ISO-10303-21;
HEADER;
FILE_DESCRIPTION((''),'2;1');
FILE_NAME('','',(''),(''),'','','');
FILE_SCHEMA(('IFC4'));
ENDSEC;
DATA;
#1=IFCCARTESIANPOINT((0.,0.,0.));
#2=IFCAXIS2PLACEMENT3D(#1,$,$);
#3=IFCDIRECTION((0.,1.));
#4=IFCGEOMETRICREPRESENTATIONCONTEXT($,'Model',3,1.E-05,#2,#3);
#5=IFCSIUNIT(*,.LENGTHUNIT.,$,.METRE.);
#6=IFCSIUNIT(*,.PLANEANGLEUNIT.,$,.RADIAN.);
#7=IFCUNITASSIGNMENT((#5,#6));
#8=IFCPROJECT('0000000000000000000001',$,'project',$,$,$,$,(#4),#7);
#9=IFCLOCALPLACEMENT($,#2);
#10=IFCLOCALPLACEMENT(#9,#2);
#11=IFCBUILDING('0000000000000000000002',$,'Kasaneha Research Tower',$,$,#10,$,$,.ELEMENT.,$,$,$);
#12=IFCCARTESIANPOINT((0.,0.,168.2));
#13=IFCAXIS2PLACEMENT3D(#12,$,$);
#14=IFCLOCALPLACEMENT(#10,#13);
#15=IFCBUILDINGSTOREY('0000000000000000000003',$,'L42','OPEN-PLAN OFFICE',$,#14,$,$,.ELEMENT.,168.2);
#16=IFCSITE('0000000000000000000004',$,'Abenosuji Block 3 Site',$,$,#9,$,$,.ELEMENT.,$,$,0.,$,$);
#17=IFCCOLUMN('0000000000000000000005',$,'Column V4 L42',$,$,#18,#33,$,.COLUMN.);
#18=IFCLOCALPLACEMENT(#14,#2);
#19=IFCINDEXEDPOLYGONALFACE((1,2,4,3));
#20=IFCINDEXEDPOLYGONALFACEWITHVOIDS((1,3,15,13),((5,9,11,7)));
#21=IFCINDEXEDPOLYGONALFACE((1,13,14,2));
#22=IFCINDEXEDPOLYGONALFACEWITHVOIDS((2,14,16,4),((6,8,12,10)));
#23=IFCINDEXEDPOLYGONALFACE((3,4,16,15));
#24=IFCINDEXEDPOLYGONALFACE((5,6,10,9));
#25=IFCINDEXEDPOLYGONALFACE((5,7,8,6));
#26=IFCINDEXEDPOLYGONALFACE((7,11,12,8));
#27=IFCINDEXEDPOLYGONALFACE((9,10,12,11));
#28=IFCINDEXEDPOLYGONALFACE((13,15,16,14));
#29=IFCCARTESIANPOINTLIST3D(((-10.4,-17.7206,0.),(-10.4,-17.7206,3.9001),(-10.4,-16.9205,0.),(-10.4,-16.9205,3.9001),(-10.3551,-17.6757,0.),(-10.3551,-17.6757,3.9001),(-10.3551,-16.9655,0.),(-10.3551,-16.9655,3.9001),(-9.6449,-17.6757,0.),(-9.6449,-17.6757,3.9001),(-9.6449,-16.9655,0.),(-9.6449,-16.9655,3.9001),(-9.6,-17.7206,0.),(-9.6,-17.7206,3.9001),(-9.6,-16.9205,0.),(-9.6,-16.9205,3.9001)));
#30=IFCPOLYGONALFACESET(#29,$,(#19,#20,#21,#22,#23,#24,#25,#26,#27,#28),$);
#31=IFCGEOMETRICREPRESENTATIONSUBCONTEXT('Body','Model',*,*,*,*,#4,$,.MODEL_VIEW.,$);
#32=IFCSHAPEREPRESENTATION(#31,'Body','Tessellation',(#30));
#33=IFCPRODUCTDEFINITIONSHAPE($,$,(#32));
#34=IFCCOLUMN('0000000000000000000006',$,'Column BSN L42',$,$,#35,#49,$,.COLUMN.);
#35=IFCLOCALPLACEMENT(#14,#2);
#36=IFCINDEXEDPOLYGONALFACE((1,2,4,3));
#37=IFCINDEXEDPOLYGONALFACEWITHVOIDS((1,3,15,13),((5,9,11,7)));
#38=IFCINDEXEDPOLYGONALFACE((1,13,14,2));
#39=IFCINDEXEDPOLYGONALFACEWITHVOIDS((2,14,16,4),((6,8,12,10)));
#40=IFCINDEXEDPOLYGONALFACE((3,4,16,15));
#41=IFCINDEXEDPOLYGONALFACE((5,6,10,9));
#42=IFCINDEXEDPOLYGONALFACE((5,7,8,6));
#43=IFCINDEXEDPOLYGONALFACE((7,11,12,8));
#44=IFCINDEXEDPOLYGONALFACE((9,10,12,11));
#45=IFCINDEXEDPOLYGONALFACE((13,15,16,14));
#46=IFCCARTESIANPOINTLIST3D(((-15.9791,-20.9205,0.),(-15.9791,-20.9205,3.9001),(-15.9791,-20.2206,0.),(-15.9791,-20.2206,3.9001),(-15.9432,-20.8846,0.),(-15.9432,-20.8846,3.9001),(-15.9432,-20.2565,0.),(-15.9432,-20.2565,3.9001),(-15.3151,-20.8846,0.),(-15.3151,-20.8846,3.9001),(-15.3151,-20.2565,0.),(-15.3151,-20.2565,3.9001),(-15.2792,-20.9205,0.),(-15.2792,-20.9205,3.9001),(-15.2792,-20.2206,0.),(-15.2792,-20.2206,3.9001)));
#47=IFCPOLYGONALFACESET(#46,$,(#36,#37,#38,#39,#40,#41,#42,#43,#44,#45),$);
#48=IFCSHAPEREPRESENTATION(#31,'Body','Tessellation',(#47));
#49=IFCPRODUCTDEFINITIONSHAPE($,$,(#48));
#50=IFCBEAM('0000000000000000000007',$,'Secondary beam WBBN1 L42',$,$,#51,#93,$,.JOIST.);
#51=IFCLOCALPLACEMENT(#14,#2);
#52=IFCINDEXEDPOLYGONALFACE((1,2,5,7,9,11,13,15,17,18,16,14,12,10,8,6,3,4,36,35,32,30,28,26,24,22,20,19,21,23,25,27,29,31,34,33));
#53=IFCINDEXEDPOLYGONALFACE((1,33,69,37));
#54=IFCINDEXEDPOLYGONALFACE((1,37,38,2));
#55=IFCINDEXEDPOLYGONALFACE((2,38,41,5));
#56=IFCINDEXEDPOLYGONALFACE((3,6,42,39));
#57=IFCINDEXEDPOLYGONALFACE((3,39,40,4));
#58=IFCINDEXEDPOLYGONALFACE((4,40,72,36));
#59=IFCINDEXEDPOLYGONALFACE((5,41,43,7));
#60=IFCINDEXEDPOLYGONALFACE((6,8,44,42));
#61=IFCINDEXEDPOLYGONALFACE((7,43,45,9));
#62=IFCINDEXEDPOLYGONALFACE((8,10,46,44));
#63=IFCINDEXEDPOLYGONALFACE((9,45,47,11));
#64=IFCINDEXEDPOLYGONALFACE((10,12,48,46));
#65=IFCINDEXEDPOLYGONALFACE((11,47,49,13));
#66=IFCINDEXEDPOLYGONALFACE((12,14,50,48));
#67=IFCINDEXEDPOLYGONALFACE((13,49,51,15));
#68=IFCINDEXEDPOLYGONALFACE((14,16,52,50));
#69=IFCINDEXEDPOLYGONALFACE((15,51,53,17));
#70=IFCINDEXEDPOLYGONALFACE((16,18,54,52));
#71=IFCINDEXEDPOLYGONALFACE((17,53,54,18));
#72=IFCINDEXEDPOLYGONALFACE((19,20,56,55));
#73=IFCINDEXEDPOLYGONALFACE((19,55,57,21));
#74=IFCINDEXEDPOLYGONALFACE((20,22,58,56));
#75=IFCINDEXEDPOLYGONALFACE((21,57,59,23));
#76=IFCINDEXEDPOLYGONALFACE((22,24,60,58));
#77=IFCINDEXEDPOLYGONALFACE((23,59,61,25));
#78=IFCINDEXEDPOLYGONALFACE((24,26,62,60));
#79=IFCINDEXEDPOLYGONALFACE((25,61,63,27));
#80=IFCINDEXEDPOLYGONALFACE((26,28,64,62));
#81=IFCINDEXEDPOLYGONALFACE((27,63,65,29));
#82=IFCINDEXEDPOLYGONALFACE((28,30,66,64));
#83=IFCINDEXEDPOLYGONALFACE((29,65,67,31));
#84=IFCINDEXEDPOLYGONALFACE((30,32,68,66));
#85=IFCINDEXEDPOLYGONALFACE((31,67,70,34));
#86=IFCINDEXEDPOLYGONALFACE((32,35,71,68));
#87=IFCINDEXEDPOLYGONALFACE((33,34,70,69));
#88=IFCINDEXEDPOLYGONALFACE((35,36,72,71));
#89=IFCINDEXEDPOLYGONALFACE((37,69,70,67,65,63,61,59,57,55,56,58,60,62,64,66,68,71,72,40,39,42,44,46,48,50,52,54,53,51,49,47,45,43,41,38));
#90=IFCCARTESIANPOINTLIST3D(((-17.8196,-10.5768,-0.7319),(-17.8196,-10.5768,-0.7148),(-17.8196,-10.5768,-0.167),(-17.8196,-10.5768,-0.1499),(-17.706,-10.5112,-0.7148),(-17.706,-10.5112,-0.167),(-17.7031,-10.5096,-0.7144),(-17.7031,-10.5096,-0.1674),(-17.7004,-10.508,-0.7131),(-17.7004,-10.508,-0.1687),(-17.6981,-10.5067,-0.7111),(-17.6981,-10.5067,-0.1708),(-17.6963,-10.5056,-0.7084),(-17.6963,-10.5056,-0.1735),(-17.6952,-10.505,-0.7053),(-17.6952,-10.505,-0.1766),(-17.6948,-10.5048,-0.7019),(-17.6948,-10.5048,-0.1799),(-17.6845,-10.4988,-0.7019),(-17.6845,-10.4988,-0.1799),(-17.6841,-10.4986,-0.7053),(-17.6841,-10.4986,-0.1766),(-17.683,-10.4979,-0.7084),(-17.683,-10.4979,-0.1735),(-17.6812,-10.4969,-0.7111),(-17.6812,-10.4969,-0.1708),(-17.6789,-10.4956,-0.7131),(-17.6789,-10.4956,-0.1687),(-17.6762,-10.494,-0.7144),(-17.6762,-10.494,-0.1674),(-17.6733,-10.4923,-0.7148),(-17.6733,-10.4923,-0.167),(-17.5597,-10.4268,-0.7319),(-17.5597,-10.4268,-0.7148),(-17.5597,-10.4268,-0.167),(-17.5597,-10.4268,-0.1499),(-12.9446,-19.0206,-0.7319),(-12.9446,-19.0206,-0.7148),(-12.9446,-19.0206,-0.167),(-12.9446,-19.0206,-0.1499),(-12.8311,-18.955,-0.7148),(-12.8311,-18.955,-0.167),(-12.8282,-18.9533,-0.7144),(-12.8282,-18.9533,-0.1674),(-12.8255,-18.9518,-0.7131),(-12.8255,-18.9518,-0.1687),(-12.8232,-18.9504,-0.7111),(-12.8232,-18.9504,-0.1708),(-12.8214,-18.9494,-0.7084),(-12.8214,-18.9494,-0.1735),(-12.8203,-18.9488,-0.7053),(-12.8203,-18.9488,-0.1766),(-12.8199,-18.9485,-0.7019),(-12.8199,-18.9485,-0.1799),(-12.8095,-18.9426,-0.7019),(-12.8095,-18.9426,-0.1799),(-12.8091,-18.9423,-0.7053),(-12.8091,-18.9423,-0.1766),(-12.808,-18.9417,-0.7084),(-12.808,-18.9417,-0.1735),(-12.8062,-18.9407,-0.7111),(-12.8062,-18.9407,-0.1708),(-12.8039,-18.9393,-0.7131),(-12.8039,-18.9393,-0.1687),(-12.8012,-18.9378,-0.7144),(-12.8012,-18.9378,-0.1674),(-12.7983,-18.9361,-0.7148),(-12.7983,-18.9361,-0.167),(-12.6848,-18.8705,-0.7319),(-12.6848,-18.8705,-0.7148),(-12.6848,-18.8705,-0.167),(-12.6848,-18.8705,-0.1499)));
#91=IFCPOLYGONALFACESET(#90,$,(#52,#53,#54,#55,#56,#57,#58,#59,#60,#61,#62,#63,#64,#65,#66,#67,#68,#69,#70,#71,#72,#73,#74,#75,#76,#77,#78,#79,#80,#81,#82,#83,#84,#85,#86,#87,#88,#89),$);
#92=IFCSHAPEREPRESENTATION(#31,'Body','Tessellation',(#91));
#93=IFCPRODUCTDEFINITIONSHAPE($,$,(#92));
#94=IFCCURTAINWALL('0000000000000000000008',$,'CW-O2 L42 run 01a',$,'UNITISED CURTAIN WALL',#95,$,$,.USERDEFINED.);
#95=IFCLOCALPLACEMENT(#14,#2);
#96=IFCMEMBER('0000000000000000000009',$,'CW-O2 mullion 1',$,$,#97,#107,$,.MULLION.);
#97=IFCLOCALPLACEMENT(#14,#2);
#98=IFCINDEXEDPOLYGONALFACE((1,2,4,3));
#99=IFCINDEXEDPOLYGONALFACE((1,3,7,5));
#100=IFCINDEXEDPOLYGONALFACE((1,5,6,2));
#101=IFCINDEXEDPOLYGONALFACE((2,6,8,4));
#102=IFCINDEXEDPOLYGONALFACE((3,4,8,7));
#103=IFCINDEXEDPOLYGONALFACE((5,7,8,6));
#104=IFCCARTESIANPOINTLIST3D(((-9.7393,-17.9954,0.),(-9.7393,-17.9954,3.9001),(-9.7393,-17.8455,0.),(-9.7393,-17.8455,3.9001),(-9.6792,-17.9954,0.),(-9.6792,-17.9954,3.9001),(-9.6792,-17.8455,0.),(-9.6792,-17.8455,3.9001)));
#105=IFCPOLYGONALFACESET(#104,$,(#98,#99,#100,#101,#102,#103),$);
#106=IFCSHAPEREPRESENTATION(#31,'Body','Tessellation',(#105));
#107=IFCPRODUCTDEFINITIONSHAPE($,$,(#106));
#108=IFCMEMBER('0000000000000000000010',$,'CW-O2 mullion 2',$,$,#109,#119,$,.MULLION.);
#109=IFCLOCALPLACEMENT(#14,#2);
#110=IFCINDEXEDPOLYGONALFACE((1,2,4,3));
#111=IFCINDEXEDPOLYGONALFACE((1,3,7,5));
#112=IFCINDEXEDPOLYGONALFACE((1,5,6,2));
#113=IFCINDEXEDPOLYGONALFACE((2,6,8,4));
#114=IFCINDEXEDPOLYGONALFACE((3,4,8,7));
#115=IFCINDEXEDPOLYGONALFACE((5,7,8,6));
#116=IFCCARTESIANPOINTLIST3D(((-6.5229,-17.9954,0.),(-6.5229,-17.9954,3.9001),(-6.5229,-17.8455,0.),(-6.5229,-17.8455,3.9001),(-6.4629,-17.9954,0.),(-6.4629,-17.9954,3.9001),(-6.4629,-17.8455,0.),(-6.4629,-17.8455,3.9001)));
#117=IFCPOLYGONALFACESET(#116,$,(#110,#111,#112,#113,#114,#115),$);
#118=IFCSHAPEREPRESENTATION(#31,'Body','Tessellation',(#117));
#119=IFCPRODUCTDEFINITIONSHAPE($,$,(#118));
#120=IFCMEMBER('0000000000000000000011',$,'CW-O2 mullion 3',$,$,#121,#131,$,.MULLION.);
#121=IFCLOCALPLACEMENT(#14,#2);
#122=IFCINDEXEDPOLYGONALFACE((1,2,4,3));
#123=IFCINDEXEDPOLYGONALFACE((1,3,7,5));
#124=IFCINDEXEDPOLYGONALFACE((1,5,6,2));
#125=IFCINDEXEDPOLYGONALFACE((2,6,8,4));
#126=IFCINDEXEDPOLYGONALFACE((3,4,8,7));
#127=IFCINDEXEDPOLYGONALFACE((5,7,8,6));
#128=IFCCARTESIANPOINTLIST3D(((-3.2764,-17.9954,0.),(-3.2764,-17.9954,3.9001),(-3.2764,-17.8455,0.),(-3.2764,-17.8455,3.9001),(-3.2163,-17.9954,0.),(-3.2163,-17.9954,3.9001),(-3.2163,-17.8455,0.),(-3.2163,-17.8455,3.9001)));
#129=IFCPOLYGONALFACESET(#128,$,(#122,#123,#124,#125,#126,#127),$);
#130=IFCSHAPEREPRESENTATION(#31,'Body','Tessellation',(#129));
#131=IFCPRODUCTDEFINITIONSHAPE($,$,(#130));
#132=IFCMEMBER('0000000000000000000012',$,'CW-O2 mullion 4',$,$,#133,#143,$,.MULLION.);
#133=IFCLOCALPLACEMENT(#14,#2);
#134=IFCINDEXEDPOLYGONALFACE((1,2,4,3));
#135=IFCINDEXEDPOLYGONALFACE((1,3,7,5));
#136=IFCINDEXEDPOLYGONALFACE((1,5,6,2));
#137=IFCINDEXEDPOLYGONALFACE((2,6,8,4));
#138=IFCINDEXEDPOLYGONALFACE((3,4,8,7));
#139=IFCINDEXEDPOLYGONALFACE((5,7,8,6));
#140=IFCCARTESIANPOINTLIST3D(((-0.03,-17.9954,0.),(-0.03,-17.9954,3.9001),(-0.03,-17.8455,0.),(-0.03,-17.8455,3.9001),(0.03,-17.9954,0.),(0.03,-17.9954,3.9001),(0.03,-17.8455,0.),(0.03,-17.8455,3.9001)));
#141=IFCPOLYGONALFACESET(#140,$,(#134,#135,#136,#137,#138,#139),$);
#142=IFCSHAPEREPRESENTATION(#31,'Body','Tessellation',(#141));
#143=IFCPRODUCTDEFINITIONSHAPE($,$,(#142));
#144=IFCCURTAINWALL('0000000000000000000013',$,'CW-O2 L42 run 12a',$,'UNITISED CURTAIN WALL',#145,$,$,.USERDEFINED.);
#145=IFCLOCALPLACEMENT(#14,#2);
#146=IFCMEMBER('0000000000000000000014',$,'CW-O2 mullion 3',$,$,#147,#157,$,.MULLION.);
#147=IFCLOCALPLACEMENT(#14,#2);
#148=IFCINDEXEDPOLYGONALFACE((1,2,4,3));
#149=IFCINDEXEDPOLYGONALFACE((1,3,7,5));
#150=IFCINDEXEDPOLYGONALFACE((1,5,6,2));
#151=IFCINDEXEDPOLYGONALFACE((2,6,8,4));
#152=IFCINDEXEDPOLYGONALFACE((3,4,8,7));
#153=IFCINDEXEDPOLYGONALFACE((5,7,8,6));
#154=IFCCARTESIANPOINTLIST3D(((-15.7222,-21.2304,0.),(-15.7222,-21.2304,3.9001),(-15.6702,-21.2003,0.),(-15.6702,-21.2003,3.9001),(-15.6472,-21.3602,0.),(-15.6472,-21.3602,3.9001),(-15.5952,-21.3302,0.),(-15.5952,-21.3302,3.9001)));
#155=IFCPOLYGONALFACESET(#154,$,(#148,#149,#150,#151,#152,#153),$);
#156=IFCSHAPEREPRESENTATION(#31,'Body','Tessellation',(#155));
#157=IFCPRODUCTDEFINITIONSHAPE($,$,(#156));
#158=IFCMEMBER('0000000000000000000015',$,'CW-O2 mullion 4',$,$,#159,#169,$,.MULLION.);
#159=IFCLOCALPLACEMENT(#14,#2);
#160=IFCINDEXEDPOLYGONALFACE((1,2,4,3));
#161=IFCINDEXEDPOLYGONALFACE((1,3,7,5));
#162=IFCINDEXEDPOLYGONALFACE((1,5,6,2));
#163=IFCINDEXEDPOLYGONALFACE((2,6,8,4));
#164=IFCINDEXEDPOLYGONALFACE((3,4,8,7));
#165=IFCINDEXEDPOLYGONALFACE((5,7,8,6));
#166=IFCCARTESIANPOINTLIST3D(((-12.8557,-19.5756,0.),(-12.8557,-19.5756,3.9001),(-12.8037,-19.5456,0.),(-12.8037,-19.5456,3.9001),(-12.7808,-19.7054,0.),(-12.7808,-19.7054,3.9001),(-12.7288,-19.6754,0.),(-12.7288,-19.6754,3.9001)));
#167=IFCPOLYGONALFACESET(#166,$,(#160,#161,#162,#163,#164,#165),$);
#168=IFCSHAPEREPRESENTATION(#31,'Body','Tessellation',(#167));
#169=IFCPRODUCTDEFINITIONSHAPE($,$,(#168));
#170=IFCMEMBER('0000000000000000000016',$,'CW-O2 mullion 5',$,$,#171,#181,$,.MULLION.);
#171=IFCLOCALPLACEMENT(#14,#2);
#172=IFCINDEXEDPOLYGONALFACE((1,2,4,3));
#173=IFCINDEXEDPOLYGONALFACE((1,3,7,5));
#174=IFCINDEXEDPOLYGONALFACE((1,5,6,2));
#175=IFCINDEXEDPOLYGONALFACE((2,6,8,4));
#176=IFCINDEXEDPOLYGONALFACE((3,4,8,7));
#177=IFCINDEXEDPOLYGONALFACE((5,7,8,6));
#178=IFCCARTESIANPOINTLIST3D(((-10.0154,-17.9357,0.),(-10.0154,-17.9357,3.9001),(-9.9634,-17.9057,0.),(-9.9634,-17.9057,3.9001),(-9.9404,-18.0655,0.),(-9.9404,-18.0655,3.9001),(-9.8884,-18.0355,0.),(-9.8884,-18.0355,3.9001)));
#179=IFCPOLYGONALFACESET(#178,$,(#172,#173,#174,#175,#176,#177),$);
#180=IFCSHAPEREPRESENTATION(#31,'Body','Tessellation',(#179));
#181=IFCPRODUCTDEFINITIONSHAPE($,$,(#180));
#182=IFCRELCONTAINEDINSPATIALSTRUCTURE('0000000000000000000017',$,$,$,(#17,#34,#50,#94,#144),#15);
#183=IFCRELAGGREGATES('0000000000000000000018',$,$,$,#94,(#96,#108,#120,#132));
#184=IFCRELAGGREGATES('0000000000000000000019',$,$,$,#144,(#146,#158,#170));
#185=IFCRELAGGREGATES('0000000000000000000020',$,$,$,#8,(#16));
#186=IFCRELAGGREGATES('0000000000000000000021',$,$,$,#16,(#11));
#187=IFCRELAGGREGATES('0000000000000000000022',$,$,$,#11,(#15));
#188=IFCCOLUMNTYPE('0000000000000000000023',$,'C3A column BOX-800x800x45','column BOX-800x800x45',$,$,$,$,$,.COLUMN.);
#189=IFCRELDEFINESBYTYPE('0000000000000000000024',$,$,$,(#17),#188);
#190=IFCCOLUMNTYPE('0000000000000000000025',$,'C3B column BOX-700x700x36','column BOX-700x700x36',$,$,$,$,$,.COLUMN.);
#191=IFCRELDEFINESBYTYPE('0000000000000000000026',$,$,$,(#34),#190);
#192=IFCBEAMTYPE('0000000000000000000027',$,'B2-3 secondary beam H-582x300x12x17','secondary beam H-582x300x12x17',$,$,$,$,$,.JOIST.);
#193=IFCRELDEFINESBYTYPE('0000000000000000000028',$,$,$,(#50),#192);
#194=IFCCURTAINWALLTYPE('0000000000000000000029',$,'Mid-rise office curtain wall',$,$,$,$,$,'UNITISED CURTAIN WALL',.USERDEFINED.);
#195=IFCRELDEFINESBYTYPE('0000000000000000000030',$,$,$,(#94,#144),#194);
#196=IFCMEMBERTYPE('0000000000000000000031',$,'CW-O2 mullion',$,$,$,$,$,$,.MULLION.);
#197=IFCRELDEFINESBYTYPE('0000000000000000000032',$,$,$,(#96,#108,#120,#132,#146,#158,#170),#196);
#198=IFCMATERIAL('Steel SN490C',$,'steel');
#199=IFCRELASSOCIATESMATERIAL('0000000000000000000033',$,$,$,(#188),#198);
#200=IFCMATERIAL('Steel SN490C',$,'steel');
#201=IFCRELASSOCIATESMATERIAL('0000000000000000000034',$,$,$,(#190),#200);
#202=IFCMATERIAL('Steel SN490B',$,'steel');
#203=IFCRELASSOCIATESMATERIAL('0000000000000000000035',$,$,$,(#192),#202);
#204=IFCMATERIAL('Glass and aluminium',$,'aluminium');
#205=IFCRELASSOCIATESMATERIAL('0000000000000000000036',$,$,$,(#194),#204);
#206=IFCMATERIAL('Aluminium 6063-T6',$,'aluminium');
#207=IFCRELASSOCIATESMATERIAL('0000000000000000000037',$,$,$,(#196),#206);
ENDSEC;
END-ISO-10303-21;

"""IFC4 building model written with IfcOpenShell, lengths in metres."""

from ifc_helpers import new_model, si_unit, direction, frame, origin, origin_2d, place, context, subcontext, project, spatial, rectangle, hollow_rectangle, i_section, extrude, material, material_profile, profile_set, type_object, element, aggregate, save


model = new_model("IFC4")

# Units and contexts
model_context = context("Model", 3, precision=1e-05, world=origin(), true_north=direction((0.0, 1.0)))
body_context = subcontext(model_context, "Body", "Model", "MODEL_VIEW")
ifc_project = project(units=[si_unit("LENGTHUNIT", "METRE"), si_unit("PLANEANGLEUNIT", "RADIAN")], contexts=[model_context])

# Site, building, storey
site_placement = place(None, origin())
site = spatial("IfcSite", under=ifc_project, at=site_placement, Name="Abenosuji Block 3 Site", CompositionType="ELEMENT", RefElevation=0.0)
building_placement = place(site_placement, origin())
building = spatial("IfcBuilding", under=site, at=building_placement, Name="Kasaneha Research Tower", CompositionType="ELEMENT")
storey_placement = place(building_placement, frame((0.0, 0.0, 168.2)))
storey = spatial("IfcBuildingStorey", under=building, at=storey_placement, Name="L42", Description="OPEN-PLAN OFFICE", CompositionType="ELEMENT", Elevation=168.2)

# Columns
ifc_material_1 = material(Name="Steel SN490C", Category="steel")
ifc_material_profile_1 = material_profile(ifc_material_1, hollow_rectangle(XDim=0.8, YDim=0.8, WallThickness=0.0449, at=origin_2d()), Name="BOX-800x800x45")
ifc_profile_set_1 = profile_set([ifc_material_profile_1], Name="Steel SN490C")
column_type_1 = type_object("IfcColumnType", Name="C3A column BOX-800x800x45", Description="column BOX-800x800x45", PredefinedType="COLUMN", material=ifc_profile_set_1)
column_1_placement = place(storey_placement, frame((-10.0, -17.3206, 0.0), z_axis=(0.0, 0.0, 1.0), x_axis=(1.0, 0.0, 0.0)))
element("IfcColumn", 1, at=column_1_placement, inside=storey, type_object=column_type_1, Name="Column V4 L42", PredefinedType="COLUMN", context=body_context, shape_type="SweptSolid", body=[
    extrude(hollow_rectangle(XDim=0.8, YDim=0.8, WallThickness=0.0449, at=origin_2d()), origin(), (0.0, 0.0, 1.0), 3.9001),
])
ifc_material_2 = material(Name="Steel SN490C", Category="steel")
ifc_material_profile_2 = material_profile(ifc_material_2, hollow_rectangle(XDim=0.7, YDim=0.7, WallThickness=0.0359, at=origin_2d()), Name="BOX-700x700x36")
ifc_profile_set_2 = profile_set([ifc_material_profile_2], Name="Steel SN490C")
column_type_2 = type_object("IfcColumnType", Name="C3B column BOX-700x700x36", Description="column BOX-700x700x36", PredefinedType="COLUMN", material=ifc_profile_set_2)
column_2_placement = place(storey_placement, frame((-15.6292, -20.5706, 0.0), z_axis=(0.0, 0.0, 1.0), x_axis=(1.0, 0.0, 0.0)))
element("IfcColumn", 2, at=column_2_placement, inside=storey, type_object=column_type_2, Name="Column BSN L42", PredefinedType="COLUMN", context=body_context, shape_type="SweptSolid", body=[
    extrude(hollow_rectangle(XDim=0.7, YDim=0.7, WallThickness=0.0359, at=origin_2d()), origin(), (0.0, 0.0, 1.0), 3.9001),
])

# Beam
ifc_material_3 = material(Name="Steel SN490B", Category="steel")
ifc_material_profile_3 = material_profile(ifc_material_3, i_section(OverallWidth=0.3, OverallDepth=0.582, WebThickness=0.012, FlangeThickness=0.0171, FilletRadius=0.0129, at=origin_2d()), Name="H-582x300x12x17")
ifc_profile_set_3 = profile_set([ifc_material_profile_3], Name="Steel SN490B")
beam_type_1 = type_object("IfcBeamType", Name="B2-3 secondary beam H-582x300x12x17", Description="secondary beam H-582x300x12x17", PredefinedType="JOIST", material=ifc_profile_set_3)
beam_1_placement = place(storey_placement, frame((-12.8147, -18.9456, -0.4409), z_axis=(-0.499996, 0.866028, 0.0), x_axis=(-0.866028, -0.499996, 0.0)))
element("IfcBeam", 3, at=beam_1_placement, inside=storey, type_object=beam_type_1, Name="Secondary beam WBBN1 L42", PredefinedType="JOIST", context=body_context, shape_type="SweptSolid", body=[
    extrude(i_section(OverallWidth=0.3, OverallDepth=0.582, WebThickness=0.012, FlangeThickness=0.0171, FilletRadius=0.0129, at=origin_2d()), origin(), (0.0, 0.0, 1.0), 9.75),
])

# Curtain walls, members
ifc_material_4 = material(Name="Glass and aluminium", Category="aluminium")
curtain_wall_type = type_object("IfcCurtainWallType", Name="Mid-rise office curtain wall", ElementType="UNITISED CURTAIN WALL", PredefinedType="USERDEFINED", material=ifc_material_4)
curtain_wall_1_placement = place(storey_placement, origin())
curtain_wall_1 = element("IfcCurtainWall", 4, at=curtain_wall_1_placement, inside=storey, type_object=curtain_wall_type, Name="CW-O2 L42 run 01a", ObjectType="UNITISED CURTAIN WALL", PredefinedType="USERDEFINED")
ifc_material_5 = material(Name="Aluminium 6063-T6", Category="aluminium")
ifc_material_profile_4 = material_profile(ifc_material_5, rectangle(XDim=0.0601, YDim=0.1499, at=origin_2d()), Name="CW-O2 mullion 60x150")
ifc_profile_set_4 = profile_set([ifc_material_profile_4], Name="Aluminium 6063-T6")
member_type_1 = type_object("IfcMemberType", Name="CW-O2 mullion", PredefinedType="MULLION", material=ifc_profile_set_4)
member_1_placement = place(storey_placement, frame((-9.7092, -17.9204, 0.0), z_axis=(0.0, 0.0, 1.0), x_axis=(1.0, 0.0, 0.0)))
member_1 = element("IfcMember", 5, at=member_1_placement, type_object=member_type_1, Name="CW-O2 mullion 1", PredefinedType="MULLION", context=body_context, shape_type="SweptSolid", body=[
    extrude(rectangle(XDim=0.0601, YDim=0.1499, at=origin_2d()), origin(), (0.0, 0.0, 1.0), 3.9001),
])
member_2_placement = place(storey_placement, frame((-6.4929, -17.9204, 0.0), z_axis=(0.0, 0.0, 1.0), x_axis=(1.0, 0.0, 0.0)))
member_2 = element("IfcMember", 6, at=member_2_placement, type_object=member_type_1, Name="CW-O2 mullion 2", PredefinedType="MULLION", context=body_context, shape_type="SweptSolid", body=[
    extrude(rectangle(XDim=0.0601, YDim=0.1499, at=origin_2d()), origin(), (0.0, 0.0, 1.0), 3.9001),
])
member_3_placement = place(storey_placement, frame((-3.2463, -17.9204, 0.0), z_axis=(0.0, 0.0, 1.0), x_axis=(1.0, 0.0, 0.0)))
member_3 = element("IfcMember", 7, at=member_3_placement, type_object=member_type_1, Name="CW-O2 mullion 3", PredefinedType="MULLION", context=body_context, shape_type="SweptSolid", body=[
    extrude(rectangle(XDim=0.0601, YDim=0.1499, at=origin_2d()), origin(), (0.0, 0.0, 1.0), 3.9001),
])
member_4_placement = place(storey_placement, frame((0.0, -17.9204, 0.0), z_axis=(0.0, 0.0, 1.0), x_axis=(1.0, 0.0, 0.0)))
member_4 = element("IfcMember", 8, at=member_4_placement, type_object=member_type_1, Name="CW-O2 mullion 4", PredefinedType="MULLION", context=body_context, shape_type="SweptSolid", body=[
    extrude(rectangle(XDim=0.0601, YDim=0.1499, at=origin_2d()), origin(), (0.0, 0.0, 1.0), 3.9001),
])
curtain_wall_2_placement = place(storey_placement, origin())
curtain_wall_2 = element("IfcCurtainWall", 9, at=curtain_wall_2_placement, inside=storey, type_object=curtain_wall_type, Name="CW-O2 L42 run 12a", ObjectType="UNITISED CURTAIN WALL", PredefinedType="USERDEFINED")
member_5_placement = place(storey_placement, frame((-15.6587, -21.2803, 0.0), z_axis=(0.0, 0.0, 1.0), x_axis=(0.866025, 0.5, 0.0)))
member_5 = element("IfcMember", 10, at=member_5_placement, type_object=member_type_1, Name="CW-O2 mullion 3", PredefinedType="MULLION", context=body_context, shape_type="SweptSolid", body=[
    extrude(rectangle(XDim=0.0601, YDim=0.1499, at=origin_2d()), origin(), (0.0, 0.0, 1.0), 3.9001),
])
member_6_placement = place(storey_placement, frame((-12.7922, -19.6255, 0.0), z_axis=(0.0, 0.0, 1.0), x_axis=(0.866025, 0.5, 0.0)))
member_6 = element("IfcMember", 11, at=member_6_placement, type_object=member_type_1, Name="CW-O2 mullion 4", PredefinedType="MULLION", context=body_context, shape_type="SweptSolid", body=[
    extrude(rectangle(XDim=0.0601, YDim=0.1499, at=origin_2d()), origin(), (0.0, 0.0, 1.0), 3.9001),
])
member_7_placement = place(storey_placement, frame((-9.9519, -17.9856, 0.0), z_axis=(0.0, 0.0, 1.0), x_axis=(0.866025, 0.5, 0.0)))
member_7 = element("IfcMember", 12, at=member_7_placement, type_object=member_type_1, Name="CW-O2 mullion 5", PredefinedType="MULLION", context=body_context, shape_type="SweptSolid", body=[
    extrude(rectangle(XDim=0.0601, YDim=0.1499, at=origin_2d()), origin(), (0.0, 0.0, 1.0), 3.9001),
])

aggregate(curtain_wall_1, [member_1, member_2, member_3, member_4])
aggregate(curtain_wall_2, [member_5, member_6, member_7])

save(model, "model.ifc")
